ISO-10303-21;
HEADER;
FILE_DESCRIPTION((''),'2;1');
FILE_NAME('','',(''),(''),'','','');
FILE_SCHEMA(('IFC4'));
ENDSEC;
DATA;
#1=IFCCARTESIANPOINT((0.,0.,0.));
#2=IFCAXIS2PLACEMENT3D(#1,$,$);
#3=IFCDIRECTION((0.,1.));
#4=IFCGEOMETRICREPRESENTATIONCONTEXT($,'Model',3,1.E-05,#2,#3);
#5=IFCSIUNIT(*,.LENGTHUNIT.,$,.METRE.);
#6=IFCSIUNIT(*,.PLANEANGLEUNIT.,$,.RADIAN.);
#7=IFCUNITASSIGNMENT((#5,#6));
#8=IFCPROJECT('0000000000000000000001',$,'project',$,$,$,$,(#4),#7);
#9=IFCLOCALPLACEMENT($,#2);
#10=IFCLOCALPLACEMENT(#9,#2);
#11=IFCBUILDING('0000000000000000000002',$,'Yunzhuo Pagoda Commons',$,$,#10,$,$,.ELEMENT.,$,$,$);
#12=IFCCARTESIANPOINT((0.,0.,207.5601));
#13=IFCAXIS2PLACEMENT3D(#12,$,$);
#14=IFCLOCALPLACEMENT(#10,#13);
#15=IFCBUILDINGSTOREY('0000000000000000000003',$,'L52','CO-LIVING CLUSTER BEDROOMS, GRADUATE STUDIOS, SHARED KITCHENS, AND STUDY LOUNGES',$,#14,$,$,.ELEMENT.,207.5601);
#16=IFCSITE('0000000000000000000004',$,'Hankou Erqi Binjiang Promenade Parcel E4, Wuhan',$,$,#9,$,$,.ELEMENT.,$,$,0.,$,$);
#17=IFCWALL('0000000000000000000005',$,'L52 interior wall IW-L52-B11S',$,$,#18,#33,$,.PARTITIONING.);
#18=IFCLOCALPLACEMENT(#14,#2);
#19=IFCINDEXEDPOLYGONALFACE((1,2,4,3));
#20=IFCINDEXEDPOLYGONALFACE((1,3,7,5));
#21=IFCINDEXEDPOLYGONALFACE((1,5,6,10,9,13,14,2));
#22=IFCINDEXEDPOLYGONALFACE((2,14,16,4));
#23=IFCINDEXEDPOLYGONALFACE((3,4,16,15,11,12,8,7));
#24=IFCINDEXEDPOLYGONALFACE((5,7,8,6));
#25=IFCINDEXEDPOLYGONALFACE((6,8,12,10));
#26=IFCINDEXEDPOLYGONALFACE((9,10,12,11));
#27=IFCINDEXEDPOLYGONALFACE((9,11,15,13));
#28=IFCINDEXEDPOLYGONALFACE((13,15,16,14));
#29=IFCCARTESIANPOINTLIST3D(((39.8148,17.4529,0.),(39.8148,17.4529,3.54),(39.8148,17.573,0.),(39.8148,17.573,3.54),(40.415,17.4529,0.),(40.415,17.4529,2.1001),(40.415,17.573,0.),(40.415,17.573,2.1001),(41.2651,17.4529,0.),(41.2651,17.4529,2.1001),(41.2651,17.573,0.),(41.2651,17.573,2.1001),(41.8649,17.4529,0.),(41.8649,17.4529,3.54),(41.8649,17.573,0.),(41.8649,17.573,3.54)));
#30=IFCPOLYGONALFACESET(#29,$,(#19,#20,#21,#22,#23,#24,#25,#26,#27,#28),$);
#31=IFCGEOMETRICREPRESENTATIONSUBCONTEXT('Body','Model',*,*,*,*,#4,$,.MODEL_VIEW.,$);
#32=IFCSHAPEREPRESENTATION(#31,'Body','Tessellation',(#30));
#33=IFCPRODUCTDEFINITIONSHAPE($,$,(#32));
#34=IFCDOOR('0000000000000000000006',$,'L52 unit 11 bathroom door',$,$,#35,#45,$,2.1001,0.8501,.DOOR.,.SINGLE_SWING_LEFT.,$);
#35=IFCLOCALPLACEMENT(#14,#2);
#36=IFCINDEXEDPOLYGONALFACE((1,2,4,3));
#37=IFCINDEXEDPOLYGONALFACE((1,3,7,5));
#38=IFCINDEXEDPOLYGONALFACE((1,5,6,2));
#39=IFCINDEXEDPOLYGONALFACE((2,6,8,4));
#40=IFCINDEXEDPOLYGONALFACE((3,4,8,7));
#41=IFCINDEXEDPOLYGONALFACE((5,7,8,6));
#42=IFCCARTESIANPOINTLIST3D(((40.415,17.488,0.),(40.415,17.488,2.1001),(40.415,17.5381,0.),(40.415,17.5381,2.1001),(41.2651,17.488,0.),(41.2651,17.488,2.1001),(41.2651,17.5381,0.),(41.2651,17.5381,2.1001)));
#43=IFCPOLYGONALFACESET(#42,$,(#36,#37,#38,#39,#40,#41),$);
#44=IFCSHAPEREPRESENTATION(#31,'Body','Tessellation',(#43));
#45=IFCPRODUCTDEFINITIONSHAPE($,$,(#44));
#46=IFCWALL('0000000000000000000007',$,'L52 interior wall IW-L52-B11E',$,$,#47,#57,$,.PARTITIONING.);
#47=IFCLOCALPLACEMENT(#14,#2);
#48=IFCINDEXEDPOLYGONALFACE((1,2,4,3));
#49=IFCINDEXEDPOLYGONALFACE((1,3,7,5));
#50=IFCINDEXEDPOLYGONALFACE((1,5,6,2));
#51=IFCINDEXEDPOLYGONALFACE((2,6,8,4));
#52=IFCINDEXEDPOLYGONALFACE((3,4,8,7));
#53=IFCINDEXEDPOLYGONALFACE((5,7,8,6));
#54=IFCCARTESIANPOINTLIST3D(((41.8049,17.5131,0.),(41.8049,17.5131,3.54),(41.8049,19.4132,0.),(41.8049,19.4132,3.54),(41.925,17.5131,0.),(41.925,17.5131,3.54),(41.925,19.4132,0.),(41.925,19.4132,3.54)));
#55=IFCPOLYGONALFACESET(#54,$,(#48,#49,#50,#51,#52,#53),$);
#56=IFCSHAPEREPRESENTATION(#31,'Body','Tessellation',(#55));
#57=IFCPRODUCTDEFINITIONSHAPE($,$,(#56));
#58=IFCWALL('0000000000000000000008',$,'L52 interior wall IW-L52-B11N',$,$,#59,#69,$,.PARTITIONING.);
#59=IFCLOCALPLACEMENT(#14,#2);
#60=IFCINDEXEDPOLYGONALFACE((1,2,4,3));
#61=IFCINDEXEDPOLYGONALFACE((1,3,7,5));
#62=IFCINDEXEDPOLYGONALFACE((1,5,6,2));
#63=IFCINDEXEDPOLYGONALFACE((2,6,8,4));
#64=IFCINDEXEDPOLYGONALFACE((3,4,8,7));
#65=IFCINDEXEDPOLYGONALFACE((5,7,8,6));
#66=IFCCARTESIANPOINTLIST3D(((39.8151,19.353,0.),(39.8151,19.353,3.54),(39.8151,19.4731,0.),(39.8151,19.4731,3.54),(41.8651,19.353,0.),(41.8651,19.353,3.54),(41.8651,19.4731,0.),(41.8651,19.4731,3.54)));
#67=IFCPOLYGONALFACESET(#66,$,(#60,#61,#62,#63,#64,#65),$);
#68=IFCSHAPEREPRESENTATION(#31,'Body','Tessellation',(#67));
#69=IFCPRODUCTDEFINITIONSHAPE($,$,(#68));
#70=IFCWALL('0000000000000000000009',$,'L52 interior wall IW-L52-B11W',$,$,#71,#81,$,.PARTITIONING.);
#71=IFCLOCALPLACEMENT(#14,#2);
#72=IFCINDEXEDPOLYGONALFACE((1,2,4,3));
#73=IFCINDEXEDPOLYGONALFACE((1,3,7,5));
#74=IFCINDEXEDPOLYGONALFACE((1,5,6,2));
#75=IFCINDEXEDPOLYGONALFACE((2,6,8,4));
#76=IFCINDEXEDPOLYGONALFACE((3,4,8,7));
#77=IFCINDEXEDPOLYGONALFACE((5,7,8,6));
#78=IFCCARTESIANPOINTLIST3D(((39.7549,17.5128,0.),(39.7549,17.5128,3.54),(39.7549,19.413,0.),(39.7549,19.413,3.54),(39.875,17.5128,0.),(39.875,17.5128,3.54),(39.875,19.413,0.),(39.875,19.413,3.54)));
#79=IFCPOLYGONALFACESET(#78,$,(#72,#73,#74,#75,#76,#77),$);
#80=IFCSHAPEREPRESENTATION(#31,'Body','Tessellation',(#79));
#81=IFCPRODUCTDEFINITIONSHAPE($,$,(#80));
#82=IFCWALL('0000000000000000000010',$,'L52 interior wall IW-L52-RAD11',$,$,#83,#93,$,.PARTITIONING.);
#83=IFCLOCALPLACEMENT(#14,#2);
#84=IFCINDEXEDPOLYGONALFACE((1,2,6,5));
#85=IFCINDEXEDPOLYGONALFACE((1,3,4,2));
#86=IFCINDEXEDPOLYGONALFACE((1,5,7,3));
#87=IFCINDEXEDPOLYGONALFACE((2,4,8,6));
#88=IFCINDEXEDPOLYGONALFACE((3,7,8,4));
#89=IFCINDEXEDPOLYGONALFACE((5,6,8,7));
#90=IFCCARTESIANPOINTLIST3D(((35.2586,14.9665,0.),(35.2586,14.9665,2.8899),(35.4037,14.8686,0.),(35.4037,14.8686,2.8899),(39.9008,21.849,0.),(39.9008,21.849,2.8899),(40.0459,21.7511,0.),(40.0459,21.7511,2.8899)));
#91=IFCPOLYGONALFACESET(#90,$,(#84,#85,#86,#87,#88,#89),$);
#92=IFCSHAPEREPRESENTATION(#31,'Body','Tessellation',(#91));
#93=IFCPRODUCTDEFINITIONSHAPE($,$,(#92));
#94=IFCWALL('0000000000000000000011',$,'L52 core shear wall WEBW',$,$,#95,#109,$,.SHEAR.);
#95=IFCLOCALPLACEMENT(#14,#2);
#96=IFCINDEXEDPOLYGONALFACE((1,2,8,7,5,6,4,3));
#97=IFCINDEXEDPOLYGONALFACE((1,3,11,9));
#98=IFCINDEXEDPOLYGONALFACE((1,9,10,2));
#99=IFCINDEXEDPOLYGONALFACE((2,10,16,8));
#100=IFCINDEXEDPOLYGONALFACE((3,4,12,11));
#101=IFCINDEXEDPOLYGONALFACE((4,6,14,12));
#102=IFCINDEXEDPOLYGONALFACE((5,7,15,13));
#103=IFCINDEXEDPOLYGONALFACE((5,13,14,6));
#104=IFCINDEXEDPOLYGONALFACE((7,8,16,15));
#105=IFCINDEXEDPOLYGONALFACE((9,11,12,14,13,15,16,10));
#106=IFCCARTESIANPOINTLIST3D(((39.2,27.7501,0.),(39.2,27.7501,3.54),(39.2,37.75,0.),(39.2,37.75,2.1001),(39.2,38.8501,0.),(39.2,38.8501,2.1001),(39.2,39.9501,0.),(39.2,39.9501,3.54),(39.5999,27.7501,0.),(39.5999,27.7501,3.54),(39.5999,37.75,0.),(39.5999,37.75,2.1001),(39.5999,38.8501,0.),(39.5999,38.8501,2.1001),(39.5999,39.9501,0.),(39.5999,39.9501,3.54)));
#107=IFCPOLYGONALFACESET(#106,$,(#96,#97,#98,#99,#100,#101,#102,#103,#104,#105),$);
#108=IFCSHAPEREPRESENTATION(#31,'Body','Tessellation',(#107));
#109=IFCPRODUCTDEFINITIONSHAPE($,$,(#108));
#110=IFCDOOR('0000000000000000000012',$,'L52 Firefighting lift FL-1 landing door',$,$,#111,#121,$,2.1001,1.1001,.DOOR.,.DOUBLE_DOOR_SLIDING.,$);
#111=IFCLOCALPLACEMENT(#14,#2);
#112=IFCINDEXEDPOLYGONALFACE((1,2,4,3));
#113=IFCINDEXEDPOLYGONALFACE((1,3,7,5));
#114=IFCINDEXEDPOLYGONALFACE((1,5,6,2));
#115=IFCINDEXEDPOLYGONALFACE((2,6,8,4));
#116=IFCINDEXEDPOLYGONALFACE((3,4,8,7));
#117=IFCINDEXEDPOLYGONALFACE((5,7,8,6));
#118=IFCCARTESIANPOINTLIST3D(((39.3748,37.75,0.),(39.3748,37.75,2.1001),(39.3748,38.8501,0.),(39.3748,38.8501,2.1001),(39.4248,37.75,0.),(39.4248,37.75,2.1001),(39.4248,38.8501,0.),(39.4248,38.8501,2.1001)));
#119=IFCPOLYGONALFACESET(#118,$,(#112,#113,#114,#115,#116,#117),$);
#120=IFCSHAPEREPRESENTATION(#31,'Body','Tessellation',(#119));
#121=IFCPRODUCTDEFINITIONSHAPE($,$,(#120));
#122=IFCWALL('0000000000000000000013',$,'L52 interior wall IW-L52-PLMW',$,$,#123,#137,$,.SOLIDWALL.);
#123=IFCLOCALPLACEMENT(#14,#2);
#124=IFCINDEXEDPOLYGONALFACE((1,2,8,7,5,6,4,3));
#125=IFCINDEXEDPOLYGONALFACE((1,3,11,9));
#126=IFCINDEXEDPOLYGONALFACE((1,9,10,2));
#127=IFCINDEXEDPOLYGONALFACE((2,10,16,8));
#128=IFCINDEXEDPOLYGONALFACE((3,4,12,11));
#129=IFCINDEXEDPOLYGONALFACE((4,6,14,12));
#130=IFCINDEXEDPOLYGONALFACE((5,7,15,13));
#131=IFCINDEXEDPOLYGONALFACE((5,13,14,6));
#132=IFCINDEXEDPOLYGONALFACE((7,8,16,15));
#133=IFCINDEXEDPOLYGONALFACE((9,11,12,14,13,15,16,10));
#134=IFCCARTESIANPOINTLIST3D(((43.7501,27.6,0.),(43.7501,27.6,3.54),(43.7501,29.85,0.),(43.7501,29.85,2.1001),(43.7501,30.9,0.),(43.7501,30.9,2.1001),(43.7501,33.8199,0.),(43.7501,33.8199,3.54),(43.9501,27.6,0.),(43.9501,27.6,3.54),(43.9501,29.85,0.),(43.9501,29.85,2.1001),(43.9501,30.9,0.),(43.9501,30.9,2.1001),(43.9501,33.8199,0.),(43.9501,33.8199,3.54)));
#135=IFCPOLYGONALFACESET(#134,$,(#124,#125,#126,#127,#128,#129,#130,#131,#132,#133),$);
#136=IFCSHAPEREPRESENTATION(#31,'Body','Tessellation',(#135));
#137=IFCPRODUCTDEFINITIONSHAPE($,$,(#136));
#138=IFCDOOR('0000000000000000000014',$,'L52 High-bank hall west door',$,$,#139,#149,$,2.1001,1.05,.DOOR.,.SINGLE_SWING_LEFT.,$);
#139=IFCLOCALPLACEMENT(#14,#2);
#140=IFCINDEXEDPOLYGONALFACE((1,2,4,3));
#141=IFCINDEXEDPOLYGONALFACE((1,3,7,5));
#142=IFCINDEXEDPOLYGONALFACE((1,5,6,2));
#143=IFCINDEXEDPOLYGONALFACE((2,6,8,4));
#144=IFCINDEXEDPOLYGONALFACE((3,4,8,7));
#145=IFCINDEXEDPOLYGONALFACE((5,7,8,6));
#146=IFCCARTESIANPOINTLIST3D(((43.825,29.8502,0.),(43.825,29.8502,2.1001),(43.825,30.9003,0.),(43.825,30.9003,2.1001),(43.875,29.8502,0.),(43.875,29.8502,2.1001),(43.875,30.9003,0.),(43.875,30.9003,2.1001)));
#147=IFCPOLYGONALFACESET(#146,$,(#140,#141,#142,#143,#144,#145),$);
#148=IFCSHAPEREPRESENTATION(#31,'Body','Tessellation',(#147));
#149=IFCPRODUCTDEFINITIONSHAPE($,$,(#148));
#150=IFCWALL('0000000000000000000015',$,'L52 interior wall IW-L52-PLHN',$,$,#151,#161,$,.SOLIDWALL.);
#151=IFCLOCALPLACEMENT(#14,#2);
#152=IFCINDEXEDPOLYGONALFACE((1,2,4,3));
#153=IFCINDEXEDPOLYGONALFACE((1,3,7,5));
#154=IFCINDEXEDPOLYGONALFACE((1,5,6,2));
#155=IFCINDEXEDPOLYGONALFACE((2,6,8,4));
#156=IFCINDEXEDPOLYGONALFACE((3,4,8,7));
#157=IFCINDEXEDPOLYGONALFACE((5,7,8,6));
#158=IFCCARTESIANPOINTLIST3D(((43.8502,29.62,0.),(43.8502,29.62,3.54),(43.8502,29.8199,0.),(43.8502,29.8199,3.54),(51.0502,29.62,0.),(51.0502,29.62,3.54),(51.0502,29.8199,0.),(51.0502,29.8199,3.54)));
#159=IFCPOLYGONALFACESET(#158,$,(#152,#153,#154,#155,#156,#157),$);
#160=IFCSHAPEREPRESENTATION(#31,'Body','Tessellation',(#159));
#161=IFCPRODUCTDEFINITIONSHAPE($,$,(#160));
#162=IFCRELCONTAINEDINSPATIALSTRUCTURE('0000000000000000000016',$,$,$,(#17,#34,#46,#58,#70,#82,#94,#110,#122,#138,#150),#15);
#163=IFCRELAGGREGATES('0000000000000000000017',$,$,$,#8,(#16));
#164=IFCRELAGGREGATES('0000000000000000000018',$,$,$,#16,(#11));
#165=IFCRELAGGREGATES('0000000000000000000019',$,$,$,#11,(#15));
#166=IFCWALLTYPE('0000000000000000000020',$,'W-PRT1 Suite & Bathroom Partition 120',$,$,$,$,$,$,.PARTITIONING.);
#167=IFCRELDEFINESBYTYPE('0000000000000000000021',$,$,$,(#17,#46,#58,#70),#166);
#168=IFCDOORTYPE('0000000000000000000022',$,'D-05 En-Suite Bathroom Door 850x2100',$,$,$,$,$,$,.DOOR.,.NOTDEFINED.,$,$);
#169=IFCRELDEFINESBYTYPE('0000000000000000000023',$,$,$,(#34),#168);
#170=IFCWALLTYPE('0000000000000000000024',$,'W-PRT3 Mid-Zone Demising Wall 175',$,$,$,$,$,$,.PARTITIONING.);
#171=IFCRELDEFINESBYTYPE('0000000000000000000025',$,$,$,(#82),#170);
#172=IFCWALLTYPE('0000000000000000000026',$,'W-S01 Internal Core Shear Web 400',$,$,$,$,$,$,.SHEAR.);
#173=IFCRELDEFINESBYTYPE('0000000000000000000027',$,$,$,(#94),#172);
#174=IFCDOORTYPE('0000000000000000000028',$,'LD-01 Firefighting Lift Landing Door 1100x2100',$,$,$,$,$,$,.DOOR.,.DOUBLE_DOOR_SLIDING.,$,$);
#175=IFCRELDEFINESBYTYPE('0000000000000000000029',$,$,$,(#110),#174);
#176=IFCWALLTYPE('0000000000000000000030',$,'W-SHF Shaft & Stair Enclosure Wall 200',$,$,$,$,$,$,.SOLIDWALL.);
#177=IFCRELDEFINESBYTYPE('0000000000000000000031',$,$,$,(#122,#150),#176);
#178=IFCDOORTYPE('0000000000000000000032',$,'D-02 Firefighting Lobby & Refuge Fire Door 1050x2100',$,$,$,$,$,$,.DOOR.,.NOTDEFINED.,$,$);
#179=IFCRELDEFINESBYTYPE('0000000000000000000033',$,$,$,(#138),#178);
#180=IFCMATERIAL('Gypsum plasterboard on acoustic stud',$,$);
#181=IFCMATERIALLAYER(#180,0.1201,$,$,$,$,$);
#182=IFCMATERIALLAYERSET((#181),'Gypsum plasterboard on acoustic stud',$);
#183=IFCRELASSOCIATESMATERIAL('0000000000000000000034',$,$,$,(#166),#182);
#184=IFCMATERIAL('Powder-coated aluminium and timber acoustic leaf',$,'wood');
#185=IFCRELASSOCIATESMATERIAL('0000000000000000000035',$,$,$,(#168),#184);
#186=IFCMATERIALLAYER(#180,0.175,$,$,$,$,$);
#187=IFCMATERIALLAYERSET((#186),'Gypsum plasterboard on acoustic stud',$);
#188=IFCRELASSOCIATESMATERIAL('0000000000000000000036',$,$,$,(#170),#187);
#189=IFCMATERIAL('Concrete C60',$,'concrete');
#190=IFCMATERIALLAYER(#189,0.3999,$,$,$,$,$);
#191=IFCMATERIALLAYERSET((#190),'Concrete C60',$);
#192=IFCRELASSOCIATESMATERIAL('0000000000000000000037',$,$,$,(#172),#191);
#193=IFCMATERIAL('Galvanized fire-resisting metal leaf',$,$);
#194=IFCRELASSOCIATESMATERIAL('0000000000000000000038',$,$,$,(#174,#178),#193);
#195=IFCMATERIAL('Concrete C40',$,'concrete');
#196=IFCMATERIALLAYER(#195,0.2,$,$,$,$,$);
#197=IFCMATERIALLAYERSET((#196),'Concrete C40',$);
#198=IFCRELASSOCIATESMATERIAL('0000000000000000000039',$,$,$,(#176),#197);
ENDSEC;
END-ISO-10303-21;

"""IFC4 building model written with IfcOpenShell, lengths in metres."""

from ifc_helpers import new_model, si_unit, direction, frame, frame_2d, origin, place, context, subcontext, project, spatial, rectangle, extrude, source, transform, mapped, material, layer, layer_set, type_object, element, fill, save


model = new_model("IFC4")

# Units and contexts
model_context = context("Model", 3, precision=1e-05, world=origin(), true_north=direction((0.0, 1.0)))
body_context = subcontext(model_context, "Body", "Model", "MODEL_VIEW")
ifc_project = project(units=[si_unit("LENGTHUNIT", "METRE"), si_unit("PLANEANGLEUNIT", "RADIAN")], contexts=[model_context])

# Site, building, storey
site_placement = place(None, origin())
site = spatial("IfcSite", under=ifc_project, at=site_placement, Name="Hankou Erqi Binjiang Promenade Parcel E4, Wuhan", CompositionType="ELEMENT", RefElevation=0.0)
building_placement = place(site_placement, origin())
building = spatial("IfcBuilding", under=site, at=building_placement, Name="Yunzhuo Pagoda Commons", CompositionType="ELEMENT")
storey_placement = place(building_placement, frame((0.0, 0.0, 207.5601)))
storey = spatial("IfcBuildingStorey", under=building, at=storey_placement, Name="L52", Description="CO-LIVING CLUSTER BEDROOMS, GRADUATE STUDIOS, SHARED KITCHENS, AND STUDY LOUNGES", CompositionType="ELEMENT", Elevation=207.5601)

# Shared definitions
ifc_material_1 = material(Name="Gypsum plasterboard on acoustic stud")
ifc_material_2 = material(Name="Galvanized fire-resisting metal leaf")

# Wall, opening, door
ifc_layer_1 = layer(ifc_material_1, 0.1201)
ifc_layer_set_1 = layer_set([ifc_layer_1], Name="Gypsum plasterboard on acoustic stud")
wall_type_1 = type_object("IfcWallType", Name="W-PRT1 Suite & Bathroom Partition 120", PredefinedType="PARTITIONING", material=ifc_layer_set_1)
wall_1_placement = place(storey_placement, frame((39.8149, 17.5129, 0.0), z_axis=(0.0, 0.0, 1.0), x_axis=(1.0, 0.0, 0.0)))
wall_1 = element("IfcWall", 1, at=wall_1_placement, inside=storey, type_object=wall_type_1, Name="L52 interior wall IW-L52-B11S", PredefinedType="PARTITIONING", context=body_context, shape_type="SweptSolid", body=[
    extrude(rectangle(XDim=2.05, YDim=0.1201, at=frame_2d((1.0249, 0.0))), origin(), (0.0, 0.0, 1.0), 3.54),
])
opening_1_placement = place(wall_1_placement, frame((0.6001, 0.0, 0.0)))
opening_1 = element("IfcOpeningElement", 2, at=opening_1_placement, cuts=wall_1, PredefinedType="OPENING", context=body_context, shape_type="SweptSolid", body=[
    extrude(rectangle(XDim=0.8501, YDim=2.1001, at=frame_2d((0.425, 1.05))), frame((0.0, 0.0701, 0.0), z_axis=(0.0, -1.0, 0.0), x_axis=(1.0, 0.0, 0.0)), (0.0, 0.0, 1.0), 0.1401),
])
ifc_material_3 = material(Name="Powder-coated aluminium and timber acoustic leaf", Category="wood")
door_type_1 = type_object("IfcDoorType", Name="D-05 En-Suite Bathroom Door 850x2100", OperationType="NOTDEFINED", PredefinedType="DOOR", material=ifc_material_3)
shared_shape_1 = source(origin(), body_context, "Body", "SweptSolid", [
    extrude(rectangle(XDim=0.8501, YDim=2.1001, at=frame_2d((0.425, 1.05))), frame((0.0, 0.0249, 0.0), z_axis=(0.0, -1.0, 0.0), x_axis=(1.0, 0.0, 0.0)), (0.0, 0.0, 1.0), 0.05),
])
door_1_placement = place(opening_1_placement, frame((0.8501, 0.0, 0.0), z_axis=(0.0, 0.0, 1.0), x_axis=(-1.0, 0.0, 0.0)))
door_1 = element("IfcDoor", 3, at=door_1_placement, inside=storey, type_object=door_type_1, Name="L52 unit 11 bathroom door", OperationType="SINGLE_SWING_LEFT", OverallHeight=2.1001, OverallWidth=0.8501, PredefinedType="DOOR", context=body_context, shape_type="MappedRepresentation", body=[
    mapped(shared_shape_1, transform((0.0, 0.0, 0.0), scale=1.0)),
])
fill(opening_1, door_1)

# Walls
wall_2_placement = place(storey_placement, frame((41.865, 17.5129, 0.0), z_axis=(0.0, 0.0, 1.0), x_axis=(0.0, 1.0, 0.0)))
element("IfcWall", 4, at=wall_2_placement, inside=storey, type_object=wall_type_1, Name="L52 interior wall IW-L52-B11E", PredefinedType="PARTITIONING", context=body_context, shape_type="SweptSolid", body=[
    extrude(rectangle(XDim=1.9001, YDim=0.1201, at=frame_2d((0.9502, 0.0))), origin(), (0.0, 0.0, 1.0), 3.54),
])
wall_3_placement = place(storey_placement, frame((41.865, 19.4131, 0.0), z_axis=(0.0, 0.0, 1.0), x_axis=(-1.0, 0.0, 0.0)))
element("IfcWall", 5, at=wall_3_placement, inside=storey, type_object=wall_type_1, Name="L52 interior wall IW-L52-B11N", PredefinedType="PARTITIONING", context=body_context, shape_type="SweptSolid", body=[
    extrude(rectangle(XDim=2.05, YDim=0.1201, at=frame_2d((1.0249, 0.0))), origin(), (0.0, 0.0, 1.0), 3.54),
])
wall_4_placement = place(storey_placement, frame((39.8149, 19.4131, 0.0), z_axis=(0.0, 0.0, 1.0), x_axis=(0.0, -1.0, 0.0)))
element("IfcWall", 6, at=wall_4_placement, inside=storey, type_object=wall_type_1, Name="L52 interior wall IW-L52-B11W", PredefinedType="PARTITIONING", context=body_context, shape_type="SweptSolid", body=[
    extrude(rectangle(XDim=1.9001, YDim=0.1201, at=frame_2d((0.9502, 0.0))), origin(), (0.0, 0.0, 1.0), 3.54),
])
ifc_layer_2 = layer(ifc_material_1, 0.175)
ifc_layer_set_2 = layer_set([ifc_layer_2], Name="Gypsum plasterboard on acoustic stud")
wall_type_2 = type_object("IfcWallType", Name="W-PRT3 Mid-Zone Demising Wall 175", PredefinedType="PARTITIONING", material=ifc_layer_set_2)
wall_5_placement = place(storey_placement, frame((39.9734, 21.8, 0.0), z_axis=(0.0, 0.0, 1.0), x_axis=(-0.559191, -0.829039, 0.0)))
element("IfcWall", 7, at=wall_5_placement, inside=storey, type_object=wall_type_2, Name="L52 interior wall IW-L52-RAD11", PredefinedType="PARTITIONING", context=body_context, shape_type="SweptSolid", body=[
    extrude(rectangle(XDim=8.3018, YDim=0.175, at=frame_2d((4.1509, 0.0))), origin(), (0.0, 0.0, 1.0), 2.8899),
])

# Walls, openings, doors
ifc_material_4 = material(Name="Concrete C60", Category="concrete")
ifc_layer_3 = layer(ifc_material_4, 0.3999)
ifc_layer_set_3 = layer_set([ifc_layer_3], Name="Concrete C60")
wall_type_3 = type_object("IfcWallType", Name="W-S01 Internal Core Shear Web 400", PredefinedType="SHEAR", material=ifc_layer_set_3)
wall_6_placement = place(storey_placement, frame((39.3999, 27.75, 0.0), z_axis=(0.0, 0.0, 1.0), x_axis=(0.0, 1.0, 0.0)))
wall_6 = element("IfcWall", 8, at=wall_6_placement, inside=storey, type_object=wall_type_3, Name="L52 core shear wall WEBW", PredefinedType="SHEAR", context=body_context, shape_type="SweptSolid", body=[
    extrude(rectangle(XDim=12.2, YDim=0.3999, at=frame_2d((6.1001, 0.0))), origin(), (0.0, 0.0, 1.0), 3.54),
])
opening_2_placement = place(wall_6_placement, frame((10.0, 0.0, 0.0)))
opening_2 = element("IfcOpeningElement", 9, at=opening_2_placement, cuts=wall_6, PredefinedType="OPENING", context=body_context, shape_type="SweptSolid", body=[
    extrude(rectangle(XDim=1.1001, YDim=2.1001, at=frame_2d((0.55, 1.05))), frame((0.0, 0.21, 0.0), z_axis=(0.0, -1.0, 0.0), x_axis=(1.0, 0.0, 0.0)), (0.0, 0.0, 1.0), 0.4199),
])
door_type_2 = type_object("IfcDoorType", Name="LD-01 Firefighting Lift Landing Door 1100x2100", OperationType="DOUBLE_DOOR_SLIDING", PredefinedType="DOOR", material=ifc_material_2)
shared_shape_2 = source(origin(), body_context, "Body", "SweptSolid", [
    extrude(rectangle(XDim=1.1001, YDim=2.1001, at=frame_2d((0.55, 1.05))), frame((0.0, 0.0249, 0.0), z_axis=(0.0, -1.0, 0.0), x_axis=(1.0, 0.0, 0.0)), (0.0, 0.0, 1.0), 0.05),
])
door_2_placement = place(opening_2_placement, frame((1.1001, 0.0, 0.0), z_axis=(0.0, 0.0, 1.0), x_axis=(-1.0, 0.0, 0.0)))
door_2 = element("IfcDoor", 10, at=door_2_placement, inside=storey, type_object=door_type_2, Name="L52 Firefighting lift FL-1 landing door", OperationType="DOUBLE_DOOR_SLIDING", OverallHeight=2.1001, OverallWidth=1.1001, PredefinedType="DOOR", context=body_context, shape_type="MappedRepresentation", body=[
    mapped(shared_shape_2, transform((0.0, 0.0, 0.0), scale=1.0)),
])
fill(opening_2, door_2)
ifc_material_5 = material(Name="Concrete C40", Category="concrete")
ifc_layer_4 = layer(ifc_material_5, 0.2)
ifc_layer_set_4 = layer_set([ifc_layer_4], Name="Concrete C40")
wall_type_4 = type_object("IfcWallType", Name="W-SHF Shaft & Stair Enclosure Wall 200", PredefinedType="SOLIDWALL", material=ifc_layer_set_4)
wall_7_placement = place(storey_placement, frame((43.8501, 27.6001, 0.0), z_axis=(0.0, 0.0, 1.0), x_axis=(0.0, 1.0, 0.0)))
wall_7 = element("IfcWall", 11, at=wall_7_placement, inside=storey, type_object=wall_type_4, Name="L52 interior wall IW-L52-PLMW", PredefinedType="SOLIDWALL", context=body_context, shape_type="SweptSolid", body=[
    extrude(rectangle(XDim=6.22, YDim=0.2, at=frame_2d((3.1099, 0.0))), origin(), (0.0, 0.0, 1.0), 3.54),
])
opening_3_placement = place(wall_7_placement, frame((2.25, 0.0, 0.0)))
opening_3 = element("IfcOpeningElement", 12, at=opening_3_placement, cuts=wall_7, PredefinedType="OPENING", context=body_context, shape_type="SweptSolid", body=[
    extrude(rectangle(XDim=1.05, YDim=2.1001, at=frame_2d((0.5249, 1.05))), frame((0.0, 0.1099, 0.0), z_axis=(0.0, -1.0, 0.0), x_axis=(1.0, 0.0, 0.0)), (0.0, 0.0, 1.0), 0.22),
])
door_type_3 = type_object("IfcDoorType", Name="D-02 Firefighting Lobby & Refuge Fire Door 1050x2100", OperationType="NOTDEFINED", PredefinedType="DOOR", material=ifc_material_2)
shared_shape_3 = source(origin(), body_context, "Body", "SweptSolid", [
    extrude(rectangle(XDim=1.05, YDim=2.1001, at=frame_2d((0.5249, 1.05))), frame((0.0, 0.0249, 0.0), z_axis=(0.0, -1.0, 0.0), x_axis=(1.0, 0.0, 0.0)), (0.0, 0.0, 1.0), 0.05),
])
door_3_placement = place(opening_3_placement, frame((1.05, 0.0, 0.0), z_axis=(0.0, 0.0, 1.0), x_axis=(-1.0, 0.0, 0.0)))
door_3 = element("IfcDoor", 13, at=door_3_placement, inside=storey, type_object=door_type_3, Name="L52 High-bank hall west door", OperationType="SINGLE_SWING_LEFT", OverallHeight=2.1001, OverallWidth=1.05, PredefinedType="DOOR", context=body_context, shape_type="MappedRepresentation", body=[
    mapped(shared_shape_3, transform((0.0, 0.0, 0.0), scale=1.0)),
])
fill(opening_3, door_3)

# Wall
wall_8_placement = place(storey_placement, frame((43.8501, 29.72, 0.0), z_axis=(0.0, 0.0, 1.0), x_axis=(1.0, 0.0, 0.0)))
element("IfcWall", 14, at=wall_8_placement, inside=storey, type_object=wall_type_4, Name="L52 interior wall IW-L52-PLHN", PredefinedType="SOLIDWALL", context=body_context, shape_type="SweptSolid", body=[
    extrude(rectangle(XDim=7.2, YDim=0.2, at=frame_2d((3.6001, 0.0))), origin(), (0.0, 0.0, 1.0), 3.54),
])

save(model, "model.ifc")
